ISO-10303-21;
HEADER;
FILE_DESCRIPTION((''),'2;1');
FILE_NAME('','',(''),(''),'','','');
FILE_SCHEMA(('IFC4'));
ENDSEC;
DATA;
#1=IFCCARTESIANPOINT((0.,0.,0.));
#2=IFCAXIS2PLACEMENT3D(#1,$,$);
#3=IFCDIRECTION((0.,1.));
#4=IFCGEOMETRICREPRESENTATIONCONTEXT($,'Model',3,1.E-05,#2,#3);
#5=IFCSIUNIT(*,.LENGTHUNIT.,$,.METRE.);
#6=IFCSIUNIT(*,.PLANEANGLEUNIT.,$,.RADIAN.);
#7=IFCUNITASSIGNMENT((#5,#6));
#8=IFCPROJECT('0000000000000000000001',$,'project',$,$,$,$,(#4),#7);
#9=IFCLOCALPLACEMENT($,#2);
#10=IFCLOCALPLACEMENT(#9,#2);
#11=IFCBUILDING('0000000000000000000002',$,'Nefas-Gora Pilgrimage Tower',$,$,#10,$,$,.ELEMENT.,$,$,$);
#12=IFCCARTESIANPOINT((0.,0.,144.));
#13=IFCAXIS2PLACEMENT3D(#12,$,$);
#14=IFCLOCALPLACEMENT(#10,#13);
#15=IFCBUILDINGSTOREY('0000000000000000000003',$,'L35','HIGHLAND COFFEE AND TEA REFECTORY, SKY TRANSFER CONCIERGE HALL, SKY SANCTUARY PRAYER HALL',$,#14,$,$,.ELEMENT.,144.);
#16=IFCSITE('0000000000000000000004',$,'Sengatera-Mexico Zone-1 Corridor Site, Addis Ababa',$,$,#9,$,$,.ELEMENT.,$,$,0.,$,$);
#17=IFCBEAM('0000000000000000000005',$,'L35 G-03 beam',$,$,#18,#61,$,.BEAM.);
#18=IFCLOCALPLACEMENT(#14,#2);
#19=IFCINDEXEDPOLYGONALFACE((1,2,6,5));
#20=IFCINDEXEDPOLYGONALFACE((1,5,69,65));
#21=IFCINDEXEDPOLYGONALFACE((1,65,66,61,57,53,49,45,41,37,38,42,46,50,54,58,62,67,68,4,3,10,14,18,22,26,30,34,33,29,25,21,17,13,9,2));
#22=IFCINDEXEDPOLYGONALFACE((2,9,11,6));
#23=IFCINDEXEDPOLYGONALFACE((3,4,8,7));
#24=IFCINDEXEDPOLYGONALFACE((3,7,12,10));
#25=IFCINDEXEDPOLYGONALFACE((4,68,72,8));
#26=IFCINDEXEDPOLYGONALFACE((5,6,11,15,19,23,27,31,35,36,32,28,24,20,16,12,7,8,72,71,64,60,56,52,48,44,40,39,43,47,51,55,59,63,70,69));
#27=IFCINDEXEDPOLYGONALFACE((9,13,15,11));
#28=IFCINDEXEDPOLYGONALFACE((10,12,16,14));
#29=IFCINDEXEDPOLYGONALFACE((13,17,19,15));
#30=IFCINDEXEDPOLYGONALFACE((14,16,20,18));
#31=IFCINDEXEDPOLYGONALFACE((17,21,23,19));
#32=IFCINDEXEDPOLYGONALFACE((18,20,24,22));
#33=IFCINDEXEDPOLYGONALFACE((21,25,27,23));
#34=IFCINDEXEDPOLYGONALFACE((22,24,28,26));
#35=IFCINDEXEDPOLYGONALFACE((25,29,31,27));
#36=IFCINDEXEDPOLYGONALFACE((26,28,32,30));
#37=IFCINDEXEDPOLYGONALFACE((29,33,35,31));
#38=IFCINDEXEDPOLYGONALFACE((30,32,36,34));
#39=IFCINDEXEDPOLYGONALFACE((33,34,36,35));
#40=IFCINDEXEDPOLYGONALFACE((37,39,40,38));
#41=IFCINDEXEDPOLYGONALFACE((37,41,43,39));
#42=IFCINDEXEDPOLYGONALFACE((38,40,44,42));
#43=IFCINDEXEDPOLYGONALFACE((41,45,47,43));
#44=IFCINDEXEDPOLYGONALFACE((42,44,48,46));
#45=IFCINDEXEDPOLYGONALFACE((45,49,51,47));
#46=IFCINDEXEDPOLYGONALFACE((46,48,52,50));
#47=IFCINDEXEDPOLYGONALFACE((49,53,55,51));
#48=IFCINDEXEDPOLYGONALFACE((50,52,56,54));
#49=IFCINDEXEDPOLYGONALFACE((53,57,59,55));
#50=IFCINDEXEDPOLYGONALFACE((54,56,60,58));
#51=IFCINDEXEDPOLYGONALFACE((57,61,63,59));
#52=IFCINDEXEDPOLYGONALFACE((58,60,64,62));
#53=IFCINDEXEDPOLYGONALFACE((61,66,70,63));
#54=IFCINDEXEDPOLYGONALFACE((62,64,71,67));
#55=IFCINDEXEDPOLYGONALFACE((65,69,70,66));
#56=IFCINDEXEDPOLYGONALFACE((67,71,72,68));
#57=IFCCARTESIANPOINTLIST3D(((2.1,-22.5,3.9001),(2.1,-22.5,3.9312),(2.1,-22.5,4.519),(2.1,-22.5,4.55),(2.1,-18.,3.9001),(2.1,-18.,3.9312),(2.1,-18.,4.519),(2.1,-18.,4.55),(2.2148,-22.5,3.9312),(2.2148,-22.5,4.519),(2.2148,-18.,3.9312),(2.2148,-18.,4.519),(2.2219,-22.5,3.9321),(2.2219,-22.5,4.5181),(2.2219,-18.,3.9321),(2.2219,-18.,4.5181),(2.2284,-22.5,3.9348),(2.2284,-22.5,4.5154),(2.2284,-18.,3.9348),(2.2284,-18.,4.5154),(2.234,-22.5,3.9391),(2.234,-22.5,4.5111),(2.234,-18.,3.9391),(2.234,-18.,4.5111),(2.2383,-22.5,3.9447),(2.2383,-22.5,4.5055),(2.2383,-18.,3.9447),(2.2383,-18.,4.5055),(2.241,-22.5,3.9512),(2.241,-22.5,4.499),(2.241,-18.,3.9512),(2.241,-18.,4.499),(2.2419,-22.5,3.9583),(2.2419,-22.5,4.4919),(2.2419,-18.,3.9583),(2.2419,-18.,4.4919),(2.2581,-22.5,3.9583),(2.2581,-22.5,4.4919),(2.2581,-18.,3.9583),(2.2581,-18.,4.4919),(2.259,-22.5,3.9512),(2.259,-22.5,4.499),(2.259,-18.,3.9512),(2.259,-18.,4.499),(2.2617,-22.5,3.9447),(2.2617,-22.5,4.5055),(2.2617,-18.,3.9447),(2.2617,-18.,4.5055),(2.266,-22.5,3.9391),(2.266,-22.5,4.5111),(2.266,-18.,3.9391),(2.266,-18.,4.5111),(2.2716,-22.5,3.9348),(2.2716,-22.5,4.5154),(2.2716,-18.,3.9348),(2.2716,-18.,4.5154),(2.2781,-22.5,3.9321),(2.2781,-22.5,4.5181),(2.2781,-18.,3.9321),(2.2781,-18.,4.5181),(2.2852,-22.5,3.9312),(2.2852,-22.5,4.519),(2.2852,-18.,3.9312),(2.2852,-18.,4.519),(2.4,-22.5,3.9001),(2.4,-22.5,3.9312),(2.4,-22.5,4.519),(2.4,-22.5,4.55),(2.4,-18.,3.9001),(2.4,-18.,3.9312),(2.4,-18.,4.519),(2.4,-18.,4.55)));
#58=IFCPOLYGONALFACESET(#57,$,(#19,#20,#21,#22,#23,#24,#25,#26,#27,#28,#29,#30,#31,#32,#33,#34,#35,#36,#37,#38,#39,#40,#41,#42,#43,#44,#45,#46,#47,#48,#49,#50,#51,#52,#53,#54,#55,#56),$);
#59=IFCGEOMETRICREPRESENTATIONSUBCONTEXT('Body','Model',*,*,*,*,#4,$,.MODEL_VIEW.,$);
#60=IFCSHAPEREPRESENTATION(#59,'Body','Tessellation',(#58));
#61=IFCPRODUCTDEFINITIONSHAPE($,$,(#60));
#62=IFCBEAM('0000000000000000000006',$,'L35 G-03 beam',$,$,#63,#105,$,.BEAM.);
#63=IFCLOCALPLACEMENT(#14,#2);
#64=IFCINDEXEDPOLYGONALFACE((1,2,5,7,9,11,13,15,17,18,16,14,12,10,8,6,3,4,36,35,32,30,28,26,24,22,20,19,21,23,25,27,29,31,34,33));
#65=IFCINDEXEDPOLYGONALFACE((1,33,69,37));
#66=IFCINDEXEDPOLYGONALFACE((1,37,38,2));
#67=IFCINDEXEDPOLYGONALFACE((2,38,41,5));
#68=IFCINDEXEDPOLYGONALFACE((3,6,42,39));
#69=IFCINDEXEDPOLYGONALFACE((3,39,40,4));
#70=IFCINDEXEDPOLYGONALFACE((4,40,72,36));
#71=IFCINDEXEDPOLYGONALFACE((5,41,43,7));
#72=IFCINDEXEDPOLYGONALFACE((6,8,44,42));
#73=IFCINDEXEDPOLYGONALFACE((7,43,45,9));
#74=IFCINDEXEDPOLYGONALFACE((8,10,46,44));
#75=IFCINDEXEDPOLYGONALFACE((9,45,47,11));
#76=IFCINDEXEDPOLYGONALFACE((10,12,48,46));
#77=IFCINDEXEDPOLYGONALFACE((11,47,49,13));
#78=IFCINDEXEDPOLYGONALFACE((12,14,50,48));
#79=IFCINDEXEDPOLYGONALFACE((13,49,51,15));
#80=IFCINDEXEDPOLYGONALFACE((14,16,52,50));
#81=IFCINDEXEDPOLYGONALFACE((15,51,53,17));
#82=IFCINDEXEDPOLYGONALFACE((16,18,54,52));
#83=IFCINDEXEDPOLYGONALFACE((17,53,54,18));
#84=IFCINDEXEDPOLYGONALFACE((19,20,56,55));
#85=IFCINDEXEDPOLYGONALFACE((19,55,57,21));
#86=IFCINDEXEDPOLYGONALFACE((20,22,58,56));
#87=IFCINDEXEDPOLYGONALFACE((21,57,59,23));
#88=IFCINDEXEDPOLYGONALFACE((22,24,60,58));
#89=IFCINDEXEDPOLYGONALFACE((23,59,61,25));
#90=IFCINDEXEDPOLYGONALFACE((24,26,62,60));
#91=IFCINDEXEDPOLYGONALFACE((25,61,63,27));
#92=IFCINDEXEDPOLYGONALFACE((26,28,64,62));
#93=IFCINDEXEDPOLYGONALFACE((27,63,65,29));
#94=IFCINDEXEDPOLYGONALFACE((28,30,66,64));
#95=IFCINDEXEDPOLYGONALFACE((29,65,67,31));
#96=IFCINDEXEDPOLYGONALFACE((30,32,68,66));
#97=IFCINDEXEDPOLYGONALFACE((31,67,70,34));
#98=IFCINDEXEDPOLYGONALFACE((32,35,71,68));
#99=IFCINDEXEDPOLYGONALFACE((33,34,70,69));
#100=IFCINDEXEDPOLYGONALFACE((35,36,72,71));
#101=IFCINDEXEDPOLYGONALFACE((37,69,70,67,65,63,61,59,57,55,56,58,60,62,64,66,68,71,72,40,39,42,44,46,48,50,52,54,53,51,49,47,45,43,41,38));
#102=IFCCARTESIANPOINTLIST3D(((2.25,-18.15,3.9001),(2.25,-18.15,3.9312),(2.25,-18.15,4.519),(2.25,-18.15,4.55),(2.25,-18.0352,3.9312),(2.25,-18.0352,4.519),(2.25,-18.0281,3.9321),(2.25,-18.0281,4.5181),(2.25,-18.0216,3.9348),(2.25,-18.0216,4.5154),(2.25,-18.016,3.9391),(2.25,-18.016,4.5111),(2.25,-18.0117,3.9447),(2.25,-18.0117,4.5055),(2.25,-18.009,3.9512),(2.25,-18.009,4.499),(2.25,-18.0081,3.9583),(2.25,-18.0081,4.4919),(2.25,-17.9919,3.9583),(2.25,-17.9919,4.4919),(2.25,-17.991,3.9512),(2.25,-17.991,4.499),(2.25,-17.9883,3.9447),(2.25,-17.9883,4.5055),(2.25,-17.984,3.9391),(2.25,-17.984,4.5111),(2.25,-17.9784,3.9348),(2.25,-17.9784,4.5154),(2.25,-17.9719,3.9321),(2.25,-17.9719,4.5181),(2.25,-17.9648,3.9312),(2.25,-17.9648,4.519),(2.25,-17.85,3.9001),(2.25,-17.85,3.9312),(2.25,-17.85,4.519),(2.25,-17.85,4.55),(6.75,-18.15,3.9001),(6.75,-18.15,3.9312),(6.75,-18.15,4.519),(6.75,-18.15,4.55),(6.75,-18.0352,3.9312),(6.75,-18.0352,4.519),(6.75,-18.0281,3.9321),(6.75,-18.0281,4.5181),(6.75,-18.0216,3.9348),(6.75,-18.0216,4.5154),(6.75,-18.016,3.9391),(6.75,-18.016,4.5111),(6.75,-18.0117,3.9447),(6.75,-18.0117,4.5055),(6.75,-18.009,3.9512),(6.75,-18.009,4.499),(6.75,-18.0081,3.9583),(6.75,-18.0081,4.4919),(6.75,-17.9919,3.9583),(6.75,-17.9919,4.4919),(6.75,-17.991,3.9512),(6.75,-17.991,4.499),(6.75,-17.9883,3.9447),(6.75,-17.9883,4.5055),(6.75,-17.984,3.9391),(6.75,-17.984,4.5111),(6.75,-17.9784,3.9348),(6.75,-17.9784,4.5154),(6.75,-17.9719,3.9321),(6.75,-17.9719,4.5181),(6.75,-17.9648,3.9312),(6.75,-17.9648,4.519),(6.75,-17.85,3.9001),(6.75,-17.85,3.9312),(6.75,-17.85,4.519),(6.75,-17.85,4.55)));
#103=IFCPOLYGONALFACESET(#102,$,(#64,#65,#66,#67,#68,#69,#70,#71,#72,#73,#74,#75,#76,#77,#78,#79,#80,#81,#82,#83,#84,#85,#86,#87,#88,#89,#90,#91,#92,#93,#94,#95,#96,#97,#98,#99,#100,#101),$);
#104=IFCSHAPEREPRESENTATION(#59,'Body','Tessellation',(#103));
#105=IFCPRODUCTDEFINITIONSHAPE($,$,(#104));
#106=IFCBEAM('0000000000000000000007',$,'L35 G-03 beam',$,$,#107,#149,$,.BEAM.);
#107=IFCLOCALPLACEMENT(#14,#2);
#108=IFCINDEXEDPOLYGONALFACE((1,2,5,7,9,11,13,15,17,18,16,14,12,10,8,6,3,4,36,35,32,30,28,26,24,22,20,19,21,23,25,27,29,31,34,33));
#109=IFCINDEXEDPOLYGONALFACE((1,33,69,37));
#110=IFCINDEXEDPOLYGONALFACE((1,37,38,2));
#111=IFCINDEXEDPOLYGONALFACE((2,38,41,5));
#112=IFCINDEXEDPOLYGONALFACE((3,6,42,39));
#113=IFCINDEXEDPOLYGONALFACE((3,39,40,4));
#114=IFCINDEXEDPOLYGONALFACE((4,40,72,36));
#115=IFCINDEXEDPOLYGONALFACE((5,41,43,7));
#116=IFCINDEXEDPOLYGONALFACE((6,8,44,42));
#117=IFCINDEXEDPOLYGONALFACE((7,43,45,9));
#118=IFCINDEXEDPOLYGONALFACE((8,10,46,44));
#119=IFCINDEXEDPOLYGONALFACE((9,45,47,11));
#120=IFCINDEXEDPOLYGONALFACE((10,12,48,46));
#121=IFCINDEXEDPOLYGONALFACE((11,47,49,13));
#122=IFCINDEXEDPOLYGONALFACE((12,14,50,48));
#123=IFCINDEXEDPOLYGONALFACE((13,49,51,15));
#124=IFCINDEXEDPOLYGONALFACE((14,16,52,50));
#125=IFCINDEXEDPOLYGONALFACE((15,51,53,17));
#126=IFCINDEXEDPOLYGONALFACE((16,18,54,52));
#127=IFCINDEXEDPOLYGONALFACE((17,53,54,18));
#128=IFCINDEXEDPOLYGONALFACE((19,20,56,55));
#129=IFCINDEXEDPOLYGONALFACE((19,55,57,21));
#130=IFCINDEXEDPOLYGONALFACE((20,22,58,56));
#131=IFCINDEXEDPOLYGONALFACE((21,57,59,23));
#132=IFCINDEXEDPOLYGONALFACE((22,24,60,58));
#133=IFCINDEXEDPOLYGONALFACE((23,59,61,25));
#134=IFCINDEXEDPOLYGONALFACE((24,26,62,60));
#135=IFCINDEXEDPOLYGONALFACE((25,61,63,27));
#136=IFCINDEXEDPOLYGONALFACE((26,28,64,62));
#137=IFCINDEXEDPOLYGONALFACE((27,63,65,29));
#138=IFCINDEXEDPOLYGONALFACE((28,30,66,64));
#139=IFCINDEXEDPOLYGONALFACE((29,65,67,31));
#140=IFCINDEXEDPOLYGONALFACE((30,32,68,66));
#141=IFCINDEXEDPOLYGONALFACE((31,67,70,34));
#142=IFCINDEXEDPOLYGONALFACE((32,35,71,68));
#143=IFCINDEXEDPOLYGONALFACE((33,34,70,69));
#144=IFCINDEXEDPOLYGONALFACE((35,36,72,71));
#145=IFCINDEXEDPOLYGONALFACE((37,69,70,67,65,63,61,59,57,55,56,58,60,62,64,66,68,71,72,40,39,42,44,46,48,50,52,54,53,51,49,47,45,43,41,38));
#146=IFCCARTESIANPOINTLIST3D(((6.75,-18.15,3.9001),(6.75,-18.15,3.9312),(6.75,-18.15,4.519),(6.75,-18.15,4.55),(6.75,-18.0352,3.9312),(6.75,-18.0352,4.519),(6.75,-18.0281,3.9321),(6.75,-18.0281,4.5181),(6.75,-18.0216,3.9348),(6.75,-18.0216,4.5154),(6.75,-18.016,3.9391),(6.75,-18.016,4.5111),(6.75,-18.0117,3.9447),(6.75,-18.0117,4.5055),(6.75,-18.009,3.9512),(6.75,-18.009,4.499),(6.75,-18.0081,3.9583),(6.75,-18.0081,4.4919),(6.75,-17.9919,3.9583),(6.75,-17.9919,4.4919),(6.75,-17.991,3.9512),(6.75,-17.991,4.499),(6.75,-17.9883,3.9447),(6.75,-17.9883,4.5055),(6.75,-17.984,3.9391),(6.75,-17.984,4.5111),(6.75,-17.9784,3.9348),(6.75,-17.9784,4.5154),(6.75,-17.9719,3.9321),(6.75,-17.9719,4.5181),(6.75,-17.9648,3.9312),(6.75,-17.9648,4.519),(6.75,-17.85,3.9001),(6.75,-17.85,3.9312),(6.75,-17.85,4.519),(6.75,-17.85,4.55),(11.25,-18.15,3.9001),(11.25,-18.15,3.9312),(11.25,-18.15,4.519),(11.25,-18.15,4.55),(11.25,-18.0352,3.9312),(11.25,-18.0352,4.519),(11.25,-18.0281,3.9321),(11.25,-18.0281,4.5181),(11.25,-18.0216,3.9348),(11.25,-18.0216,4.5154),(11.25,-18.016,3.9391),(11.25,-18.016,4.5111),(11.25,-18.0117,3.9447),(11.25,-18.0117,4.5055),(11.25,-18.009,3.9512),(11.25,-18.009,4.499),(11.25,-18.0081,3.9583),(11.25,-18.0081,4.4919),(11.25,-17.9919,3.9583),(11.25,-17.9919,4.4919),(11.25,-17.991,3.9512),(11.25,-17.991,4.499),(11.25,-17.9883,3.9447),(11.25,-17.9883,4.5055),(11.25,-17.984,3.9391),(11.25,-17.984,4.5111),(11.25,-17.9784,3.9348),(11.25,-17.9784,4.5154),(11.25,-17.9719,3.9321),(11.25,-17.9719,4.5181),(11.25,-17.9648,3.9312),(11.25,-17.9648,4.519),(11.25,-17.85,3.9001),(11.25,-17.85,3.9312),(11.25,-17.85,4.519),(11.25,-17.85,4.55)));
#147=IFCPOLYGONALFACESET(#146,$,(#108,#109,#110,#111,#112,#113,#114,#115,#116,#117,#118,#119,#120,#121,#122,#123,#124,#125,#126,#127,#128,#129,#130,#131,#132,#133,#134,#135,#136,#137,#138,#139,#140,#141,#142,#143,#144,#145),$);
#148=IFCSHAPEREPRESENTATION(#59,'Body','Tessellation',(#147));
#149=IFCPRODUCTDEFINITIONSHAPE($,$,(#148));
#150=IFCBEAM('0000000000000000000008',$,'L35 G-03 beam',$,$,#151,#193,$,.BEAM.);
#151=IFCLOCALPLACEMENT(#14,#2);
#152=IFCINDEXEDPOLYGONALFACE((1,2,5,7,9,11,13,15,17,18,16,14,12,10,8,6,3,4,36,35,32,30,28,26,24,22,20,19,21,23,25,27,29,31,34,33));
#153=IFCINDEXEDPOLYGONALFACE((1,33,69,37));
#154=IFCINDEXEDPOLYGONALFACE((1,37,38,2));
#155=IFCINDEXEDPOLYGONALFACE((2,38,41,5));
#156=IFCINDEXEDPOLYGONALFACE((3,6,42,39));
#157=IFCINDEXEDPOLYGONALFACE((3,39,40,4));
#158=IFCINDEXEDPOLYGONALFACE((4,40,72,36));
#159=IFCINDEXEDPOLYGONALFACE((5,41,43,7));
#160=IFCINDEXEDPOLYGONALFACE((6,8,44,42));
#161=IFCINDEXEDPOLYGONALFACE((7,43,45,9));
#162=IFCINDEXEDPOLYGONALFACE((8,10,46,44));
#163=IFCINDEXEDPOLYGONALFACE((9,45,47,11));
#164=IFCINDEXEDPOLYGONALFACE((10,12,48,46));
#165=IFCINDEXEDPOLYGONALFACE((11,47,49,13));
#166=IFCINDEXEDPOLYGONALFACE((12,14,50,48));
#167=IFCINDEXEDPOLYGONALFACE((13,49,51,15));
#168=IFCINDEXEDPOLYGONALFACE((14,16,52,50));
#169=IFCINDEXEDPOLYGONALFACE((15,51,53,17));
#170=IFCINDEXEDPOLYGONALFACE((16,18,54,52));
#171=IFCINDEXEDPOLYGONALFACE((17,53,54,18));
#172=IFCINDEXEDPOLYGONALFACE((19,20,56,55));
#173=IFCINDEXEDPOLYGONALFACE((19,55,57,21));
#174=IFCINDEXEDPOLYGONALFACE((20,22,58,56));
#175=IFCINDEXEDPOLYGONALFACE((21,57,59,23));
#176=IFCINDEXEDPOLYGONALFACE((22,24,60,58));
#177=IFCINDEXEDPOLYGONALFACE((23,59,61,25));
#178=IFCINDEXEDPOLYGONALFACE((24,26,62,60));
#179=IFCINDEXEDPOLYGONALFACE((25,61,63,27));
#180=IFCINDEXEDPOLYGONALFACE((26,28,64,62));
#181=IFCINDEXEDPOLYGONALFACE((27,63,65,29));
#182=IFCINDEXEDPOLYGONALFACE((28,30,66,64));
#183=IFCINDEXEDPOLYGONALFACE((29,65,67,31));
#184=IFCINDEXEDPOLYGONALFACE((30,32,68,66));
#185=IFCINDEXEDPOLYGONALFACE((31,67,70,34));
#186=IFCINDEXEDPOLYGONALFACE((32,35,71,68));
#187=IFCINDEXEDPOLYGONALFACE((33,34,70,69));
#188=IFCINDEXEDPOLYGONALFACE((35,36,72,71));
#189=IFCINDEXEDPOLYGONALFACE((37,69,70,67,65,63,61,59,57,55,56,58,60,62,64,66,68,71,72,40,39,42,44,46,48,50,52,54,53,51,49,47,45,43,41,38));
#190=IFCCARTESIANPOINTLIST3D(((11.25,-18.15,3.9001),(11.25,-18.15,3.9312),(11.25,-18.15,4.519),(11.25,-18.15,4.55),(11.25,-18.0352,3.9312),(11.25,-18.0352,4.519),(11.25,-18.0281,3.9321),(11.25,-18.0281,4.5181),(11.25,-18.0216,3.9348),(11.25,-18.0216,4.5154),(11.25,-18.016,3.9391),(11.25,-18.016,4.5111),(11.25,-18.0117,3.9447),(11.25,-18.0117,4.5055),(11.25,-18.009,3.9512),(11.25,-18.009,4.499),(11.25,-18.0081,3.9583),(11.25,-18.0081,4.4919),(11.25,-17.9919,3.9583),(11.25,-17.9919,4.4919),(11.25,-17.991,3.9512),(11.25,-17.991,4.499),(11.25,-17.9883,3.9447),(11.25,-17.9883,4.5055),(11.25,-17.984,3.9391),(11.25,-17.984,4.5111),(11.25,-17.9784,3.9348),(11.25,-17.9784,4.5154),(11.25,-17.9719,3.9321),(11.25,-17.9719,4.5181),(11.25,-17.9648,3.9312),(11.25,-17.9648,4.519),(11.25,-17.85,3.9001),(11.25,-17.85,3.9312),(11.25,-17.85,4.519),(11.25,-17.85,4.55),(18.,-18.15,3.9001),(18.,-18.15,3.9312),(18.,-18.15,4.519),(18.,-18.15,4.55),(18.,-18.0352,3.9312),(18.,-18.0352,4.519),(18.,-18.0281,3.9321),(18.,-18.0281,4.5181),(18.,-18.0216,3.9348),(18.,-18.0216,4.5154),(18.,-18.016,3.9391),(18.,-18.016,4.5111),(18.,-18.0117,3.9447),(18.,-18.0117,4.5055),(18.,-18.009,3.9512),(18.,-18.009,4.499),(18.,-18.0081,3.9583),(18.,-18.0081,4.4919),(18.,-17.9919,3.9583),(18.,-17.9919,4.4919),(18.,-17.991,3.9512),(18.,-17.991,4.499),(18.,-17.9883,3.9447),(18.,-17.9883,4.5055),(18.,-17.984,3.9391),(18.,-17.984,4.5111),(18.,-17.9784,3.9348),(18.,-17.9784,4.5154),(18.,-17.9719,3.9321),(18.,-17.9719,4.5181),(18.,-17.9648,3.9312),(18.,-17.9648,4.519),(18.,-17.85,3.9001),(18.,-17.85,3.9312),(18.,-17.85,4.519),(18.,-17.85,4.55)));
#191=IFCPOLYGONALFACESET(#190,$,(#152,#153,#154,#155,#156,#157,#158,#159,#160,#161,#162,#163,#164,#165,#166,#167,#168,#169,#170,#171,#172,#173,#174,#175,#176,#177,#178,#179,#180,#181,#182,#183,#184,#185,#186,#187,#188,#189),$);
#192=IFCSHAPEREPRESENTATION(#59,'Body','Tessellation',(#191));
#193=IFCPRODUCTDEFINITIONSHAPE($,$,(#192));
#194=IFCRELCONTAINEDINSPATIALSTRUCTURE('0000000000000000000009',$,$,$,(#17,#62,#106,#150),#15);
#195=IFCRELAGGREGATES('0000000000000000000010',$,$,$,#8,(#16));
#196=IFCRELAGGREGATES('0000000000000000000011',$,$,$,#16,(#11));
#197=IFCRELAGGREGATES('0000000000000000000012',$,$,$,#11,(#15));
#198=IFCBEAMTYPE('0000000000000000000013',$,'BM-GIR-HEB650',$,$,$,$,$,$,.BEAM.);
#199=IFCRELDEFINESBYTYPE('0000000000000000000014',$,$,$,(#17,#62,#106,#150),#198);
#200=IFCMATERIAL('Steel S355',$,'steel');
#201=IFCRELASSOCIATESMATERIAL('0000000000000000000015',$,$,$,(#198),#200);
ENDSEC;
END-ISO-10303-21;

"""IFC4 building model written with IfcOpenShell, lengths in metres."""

from ifc_helpers import new_model, si_unit, direction, frame, origin, origin_2d, place, context, subcontext, project, spatial, i_section, extrude, source, transform, mapped, material, material_profile, profile_set, type_object, element, save


model = new_model("IFC4")

# Units and contexts
model_context = context("Model", 3, precision=1e-05, world=origin(), true_north=direction((0.0, 1.0)))
body_context = subcontext(model_context, "Body", "Model", "MODEL_VIEW")
ifc_project = project(units=[si_unit("LENGTHUNIT", "METRE"), si_unit("PLANEANGLEUNIT", "RADIAN")], contexts=[model_context])

# Site, building, storey
site_placement = place(None, origin())
site = spatial("IfcSite", under=ifc_project, at=site_placement, Name="Sengatera-Mexico Zone-1 Corridor Site, Addis Ababa", CompositionType="ELEMENT", RefElevation=0.0)
building_placement = place(site_placement, origin())
building = spatial("IfcBuilding", under=site, at=building_placement, Name="Nefas-Gora Pilgrimage Tower", CompositionType="ELEMENT")
storey_placement = place(building_placement, frame((0.0, 0.0, 144.0)))
storey = spatial("IfcBuildingStorey", under=building, at=storey_placement, Name="L35", Description="HIGHLAND COFFEE AND TEA REFECTORY, SKY TRANSFER CONCIERGE HALL, SKY SANCTUARY PRAYER HALL", CompositionType="ELEMENT", Elevation=144.0)

# Beams
ifc_material_1 = material(Name="Steel S355", Category="steel")
ifc_material_profile_1 = material_profile(ifc_material_1, i_section(OverallWidth=0.3, OverallDepth=0.6499, WebThickness=0.0161, FlangeThickness=0.031, FilletRadius=0.0271, at=origin_2d()), Name="HEB 650")
ifc_profile_set_1 = profile_set([ifc_material_profile_1], Name="Steel S355")
beam_type_1 = type_object("IfcBeamType", Name="BM-GIR-HEB650", PredefinedType="BEAM", material=ifc_profile_set_1)
shared_shape_1 = source(origin(), body_context, "Body", "SweptSolid", [
    extrude(i_section(OverallWidth=0.3, OverallDepth=0.6499, WebThickness=0.0161, FlangeThickness=0.031, FilletRadius=0.0271, at=origin_2d()), origin(), (0.0, 0.0, 1.0), 4.5),
])
for number, where, z_axis, x_axis, name in (
    (1, (2.25, -22.5, 4.2251), (0.0, 1.0, 0.0), (-1.0, 0.0, 0.0), "L35 G-03 beam"),
    (2, (2.25, -18.0, 4.2251), (1.0, 0.0, 0.0), (0.0, 1.0, 0.0), "L35 G-03 beam"),
    (3, (6.75, -18.0, 4.2251), (1.0, 0.0, 0.0), (0.0, 1.0, 0.0), "L35 G-03 beam"),
):
    element("IfcBeam", number, at=place(storey_placement, frame(where, z_axis=z_axis, x_axis=x_axis)), inside=storey, type_object=beam_type_1, Name=name, PredefinedType="BEAM", context=body_context, shape_type="MappedRepresentation", body=[
        mapped(shared_shape_1, transform((0.0, 0.0, 0.0), x_axis=(1.0, 0.0, 0.0), y_axis=(0.0, 1.0, 0.0), z_axis=(0.0, 0.0, 1.0), scale=1.0)),
    ])
shared_shape_2 = source(origin(), body_context, "Body", "SweptSolid", [
    extrude(i_section(OverallWidth=0.3, OverallDepth=0.6499, WebThickness=0.0161, FlangeThickness=0.031, FilletRadius=0.0271, at=origin_2d()), origin(), (0.0, 0.0, 1.0), 6.75),
])
beam_1_placement = place(storey_placement, frame((11.25, -18.0, 4.2251), z_axis=(1.0, 0.0, 0.0), x_axis=(0.0, 1.0, 0.0)))
element("IfcBeam", 4, at=beam_1_placement, inside=storey, type_object=beam_type_1, Name="L35 G-03 beam", PredefinedType="BEAM", context=body_context, shape_type="MappedRepresentation", body=[
    mapped(shared_shape_2, transform((0.0, 0.0, 0.0), x_axis=(1.0, 0.0, 0.0), y_axis=(0.0, 1.0, 0.0), z_axis=(0.0, 0.0, 1.0), scale=1.0)),
])

save(model, "model.ifc")
